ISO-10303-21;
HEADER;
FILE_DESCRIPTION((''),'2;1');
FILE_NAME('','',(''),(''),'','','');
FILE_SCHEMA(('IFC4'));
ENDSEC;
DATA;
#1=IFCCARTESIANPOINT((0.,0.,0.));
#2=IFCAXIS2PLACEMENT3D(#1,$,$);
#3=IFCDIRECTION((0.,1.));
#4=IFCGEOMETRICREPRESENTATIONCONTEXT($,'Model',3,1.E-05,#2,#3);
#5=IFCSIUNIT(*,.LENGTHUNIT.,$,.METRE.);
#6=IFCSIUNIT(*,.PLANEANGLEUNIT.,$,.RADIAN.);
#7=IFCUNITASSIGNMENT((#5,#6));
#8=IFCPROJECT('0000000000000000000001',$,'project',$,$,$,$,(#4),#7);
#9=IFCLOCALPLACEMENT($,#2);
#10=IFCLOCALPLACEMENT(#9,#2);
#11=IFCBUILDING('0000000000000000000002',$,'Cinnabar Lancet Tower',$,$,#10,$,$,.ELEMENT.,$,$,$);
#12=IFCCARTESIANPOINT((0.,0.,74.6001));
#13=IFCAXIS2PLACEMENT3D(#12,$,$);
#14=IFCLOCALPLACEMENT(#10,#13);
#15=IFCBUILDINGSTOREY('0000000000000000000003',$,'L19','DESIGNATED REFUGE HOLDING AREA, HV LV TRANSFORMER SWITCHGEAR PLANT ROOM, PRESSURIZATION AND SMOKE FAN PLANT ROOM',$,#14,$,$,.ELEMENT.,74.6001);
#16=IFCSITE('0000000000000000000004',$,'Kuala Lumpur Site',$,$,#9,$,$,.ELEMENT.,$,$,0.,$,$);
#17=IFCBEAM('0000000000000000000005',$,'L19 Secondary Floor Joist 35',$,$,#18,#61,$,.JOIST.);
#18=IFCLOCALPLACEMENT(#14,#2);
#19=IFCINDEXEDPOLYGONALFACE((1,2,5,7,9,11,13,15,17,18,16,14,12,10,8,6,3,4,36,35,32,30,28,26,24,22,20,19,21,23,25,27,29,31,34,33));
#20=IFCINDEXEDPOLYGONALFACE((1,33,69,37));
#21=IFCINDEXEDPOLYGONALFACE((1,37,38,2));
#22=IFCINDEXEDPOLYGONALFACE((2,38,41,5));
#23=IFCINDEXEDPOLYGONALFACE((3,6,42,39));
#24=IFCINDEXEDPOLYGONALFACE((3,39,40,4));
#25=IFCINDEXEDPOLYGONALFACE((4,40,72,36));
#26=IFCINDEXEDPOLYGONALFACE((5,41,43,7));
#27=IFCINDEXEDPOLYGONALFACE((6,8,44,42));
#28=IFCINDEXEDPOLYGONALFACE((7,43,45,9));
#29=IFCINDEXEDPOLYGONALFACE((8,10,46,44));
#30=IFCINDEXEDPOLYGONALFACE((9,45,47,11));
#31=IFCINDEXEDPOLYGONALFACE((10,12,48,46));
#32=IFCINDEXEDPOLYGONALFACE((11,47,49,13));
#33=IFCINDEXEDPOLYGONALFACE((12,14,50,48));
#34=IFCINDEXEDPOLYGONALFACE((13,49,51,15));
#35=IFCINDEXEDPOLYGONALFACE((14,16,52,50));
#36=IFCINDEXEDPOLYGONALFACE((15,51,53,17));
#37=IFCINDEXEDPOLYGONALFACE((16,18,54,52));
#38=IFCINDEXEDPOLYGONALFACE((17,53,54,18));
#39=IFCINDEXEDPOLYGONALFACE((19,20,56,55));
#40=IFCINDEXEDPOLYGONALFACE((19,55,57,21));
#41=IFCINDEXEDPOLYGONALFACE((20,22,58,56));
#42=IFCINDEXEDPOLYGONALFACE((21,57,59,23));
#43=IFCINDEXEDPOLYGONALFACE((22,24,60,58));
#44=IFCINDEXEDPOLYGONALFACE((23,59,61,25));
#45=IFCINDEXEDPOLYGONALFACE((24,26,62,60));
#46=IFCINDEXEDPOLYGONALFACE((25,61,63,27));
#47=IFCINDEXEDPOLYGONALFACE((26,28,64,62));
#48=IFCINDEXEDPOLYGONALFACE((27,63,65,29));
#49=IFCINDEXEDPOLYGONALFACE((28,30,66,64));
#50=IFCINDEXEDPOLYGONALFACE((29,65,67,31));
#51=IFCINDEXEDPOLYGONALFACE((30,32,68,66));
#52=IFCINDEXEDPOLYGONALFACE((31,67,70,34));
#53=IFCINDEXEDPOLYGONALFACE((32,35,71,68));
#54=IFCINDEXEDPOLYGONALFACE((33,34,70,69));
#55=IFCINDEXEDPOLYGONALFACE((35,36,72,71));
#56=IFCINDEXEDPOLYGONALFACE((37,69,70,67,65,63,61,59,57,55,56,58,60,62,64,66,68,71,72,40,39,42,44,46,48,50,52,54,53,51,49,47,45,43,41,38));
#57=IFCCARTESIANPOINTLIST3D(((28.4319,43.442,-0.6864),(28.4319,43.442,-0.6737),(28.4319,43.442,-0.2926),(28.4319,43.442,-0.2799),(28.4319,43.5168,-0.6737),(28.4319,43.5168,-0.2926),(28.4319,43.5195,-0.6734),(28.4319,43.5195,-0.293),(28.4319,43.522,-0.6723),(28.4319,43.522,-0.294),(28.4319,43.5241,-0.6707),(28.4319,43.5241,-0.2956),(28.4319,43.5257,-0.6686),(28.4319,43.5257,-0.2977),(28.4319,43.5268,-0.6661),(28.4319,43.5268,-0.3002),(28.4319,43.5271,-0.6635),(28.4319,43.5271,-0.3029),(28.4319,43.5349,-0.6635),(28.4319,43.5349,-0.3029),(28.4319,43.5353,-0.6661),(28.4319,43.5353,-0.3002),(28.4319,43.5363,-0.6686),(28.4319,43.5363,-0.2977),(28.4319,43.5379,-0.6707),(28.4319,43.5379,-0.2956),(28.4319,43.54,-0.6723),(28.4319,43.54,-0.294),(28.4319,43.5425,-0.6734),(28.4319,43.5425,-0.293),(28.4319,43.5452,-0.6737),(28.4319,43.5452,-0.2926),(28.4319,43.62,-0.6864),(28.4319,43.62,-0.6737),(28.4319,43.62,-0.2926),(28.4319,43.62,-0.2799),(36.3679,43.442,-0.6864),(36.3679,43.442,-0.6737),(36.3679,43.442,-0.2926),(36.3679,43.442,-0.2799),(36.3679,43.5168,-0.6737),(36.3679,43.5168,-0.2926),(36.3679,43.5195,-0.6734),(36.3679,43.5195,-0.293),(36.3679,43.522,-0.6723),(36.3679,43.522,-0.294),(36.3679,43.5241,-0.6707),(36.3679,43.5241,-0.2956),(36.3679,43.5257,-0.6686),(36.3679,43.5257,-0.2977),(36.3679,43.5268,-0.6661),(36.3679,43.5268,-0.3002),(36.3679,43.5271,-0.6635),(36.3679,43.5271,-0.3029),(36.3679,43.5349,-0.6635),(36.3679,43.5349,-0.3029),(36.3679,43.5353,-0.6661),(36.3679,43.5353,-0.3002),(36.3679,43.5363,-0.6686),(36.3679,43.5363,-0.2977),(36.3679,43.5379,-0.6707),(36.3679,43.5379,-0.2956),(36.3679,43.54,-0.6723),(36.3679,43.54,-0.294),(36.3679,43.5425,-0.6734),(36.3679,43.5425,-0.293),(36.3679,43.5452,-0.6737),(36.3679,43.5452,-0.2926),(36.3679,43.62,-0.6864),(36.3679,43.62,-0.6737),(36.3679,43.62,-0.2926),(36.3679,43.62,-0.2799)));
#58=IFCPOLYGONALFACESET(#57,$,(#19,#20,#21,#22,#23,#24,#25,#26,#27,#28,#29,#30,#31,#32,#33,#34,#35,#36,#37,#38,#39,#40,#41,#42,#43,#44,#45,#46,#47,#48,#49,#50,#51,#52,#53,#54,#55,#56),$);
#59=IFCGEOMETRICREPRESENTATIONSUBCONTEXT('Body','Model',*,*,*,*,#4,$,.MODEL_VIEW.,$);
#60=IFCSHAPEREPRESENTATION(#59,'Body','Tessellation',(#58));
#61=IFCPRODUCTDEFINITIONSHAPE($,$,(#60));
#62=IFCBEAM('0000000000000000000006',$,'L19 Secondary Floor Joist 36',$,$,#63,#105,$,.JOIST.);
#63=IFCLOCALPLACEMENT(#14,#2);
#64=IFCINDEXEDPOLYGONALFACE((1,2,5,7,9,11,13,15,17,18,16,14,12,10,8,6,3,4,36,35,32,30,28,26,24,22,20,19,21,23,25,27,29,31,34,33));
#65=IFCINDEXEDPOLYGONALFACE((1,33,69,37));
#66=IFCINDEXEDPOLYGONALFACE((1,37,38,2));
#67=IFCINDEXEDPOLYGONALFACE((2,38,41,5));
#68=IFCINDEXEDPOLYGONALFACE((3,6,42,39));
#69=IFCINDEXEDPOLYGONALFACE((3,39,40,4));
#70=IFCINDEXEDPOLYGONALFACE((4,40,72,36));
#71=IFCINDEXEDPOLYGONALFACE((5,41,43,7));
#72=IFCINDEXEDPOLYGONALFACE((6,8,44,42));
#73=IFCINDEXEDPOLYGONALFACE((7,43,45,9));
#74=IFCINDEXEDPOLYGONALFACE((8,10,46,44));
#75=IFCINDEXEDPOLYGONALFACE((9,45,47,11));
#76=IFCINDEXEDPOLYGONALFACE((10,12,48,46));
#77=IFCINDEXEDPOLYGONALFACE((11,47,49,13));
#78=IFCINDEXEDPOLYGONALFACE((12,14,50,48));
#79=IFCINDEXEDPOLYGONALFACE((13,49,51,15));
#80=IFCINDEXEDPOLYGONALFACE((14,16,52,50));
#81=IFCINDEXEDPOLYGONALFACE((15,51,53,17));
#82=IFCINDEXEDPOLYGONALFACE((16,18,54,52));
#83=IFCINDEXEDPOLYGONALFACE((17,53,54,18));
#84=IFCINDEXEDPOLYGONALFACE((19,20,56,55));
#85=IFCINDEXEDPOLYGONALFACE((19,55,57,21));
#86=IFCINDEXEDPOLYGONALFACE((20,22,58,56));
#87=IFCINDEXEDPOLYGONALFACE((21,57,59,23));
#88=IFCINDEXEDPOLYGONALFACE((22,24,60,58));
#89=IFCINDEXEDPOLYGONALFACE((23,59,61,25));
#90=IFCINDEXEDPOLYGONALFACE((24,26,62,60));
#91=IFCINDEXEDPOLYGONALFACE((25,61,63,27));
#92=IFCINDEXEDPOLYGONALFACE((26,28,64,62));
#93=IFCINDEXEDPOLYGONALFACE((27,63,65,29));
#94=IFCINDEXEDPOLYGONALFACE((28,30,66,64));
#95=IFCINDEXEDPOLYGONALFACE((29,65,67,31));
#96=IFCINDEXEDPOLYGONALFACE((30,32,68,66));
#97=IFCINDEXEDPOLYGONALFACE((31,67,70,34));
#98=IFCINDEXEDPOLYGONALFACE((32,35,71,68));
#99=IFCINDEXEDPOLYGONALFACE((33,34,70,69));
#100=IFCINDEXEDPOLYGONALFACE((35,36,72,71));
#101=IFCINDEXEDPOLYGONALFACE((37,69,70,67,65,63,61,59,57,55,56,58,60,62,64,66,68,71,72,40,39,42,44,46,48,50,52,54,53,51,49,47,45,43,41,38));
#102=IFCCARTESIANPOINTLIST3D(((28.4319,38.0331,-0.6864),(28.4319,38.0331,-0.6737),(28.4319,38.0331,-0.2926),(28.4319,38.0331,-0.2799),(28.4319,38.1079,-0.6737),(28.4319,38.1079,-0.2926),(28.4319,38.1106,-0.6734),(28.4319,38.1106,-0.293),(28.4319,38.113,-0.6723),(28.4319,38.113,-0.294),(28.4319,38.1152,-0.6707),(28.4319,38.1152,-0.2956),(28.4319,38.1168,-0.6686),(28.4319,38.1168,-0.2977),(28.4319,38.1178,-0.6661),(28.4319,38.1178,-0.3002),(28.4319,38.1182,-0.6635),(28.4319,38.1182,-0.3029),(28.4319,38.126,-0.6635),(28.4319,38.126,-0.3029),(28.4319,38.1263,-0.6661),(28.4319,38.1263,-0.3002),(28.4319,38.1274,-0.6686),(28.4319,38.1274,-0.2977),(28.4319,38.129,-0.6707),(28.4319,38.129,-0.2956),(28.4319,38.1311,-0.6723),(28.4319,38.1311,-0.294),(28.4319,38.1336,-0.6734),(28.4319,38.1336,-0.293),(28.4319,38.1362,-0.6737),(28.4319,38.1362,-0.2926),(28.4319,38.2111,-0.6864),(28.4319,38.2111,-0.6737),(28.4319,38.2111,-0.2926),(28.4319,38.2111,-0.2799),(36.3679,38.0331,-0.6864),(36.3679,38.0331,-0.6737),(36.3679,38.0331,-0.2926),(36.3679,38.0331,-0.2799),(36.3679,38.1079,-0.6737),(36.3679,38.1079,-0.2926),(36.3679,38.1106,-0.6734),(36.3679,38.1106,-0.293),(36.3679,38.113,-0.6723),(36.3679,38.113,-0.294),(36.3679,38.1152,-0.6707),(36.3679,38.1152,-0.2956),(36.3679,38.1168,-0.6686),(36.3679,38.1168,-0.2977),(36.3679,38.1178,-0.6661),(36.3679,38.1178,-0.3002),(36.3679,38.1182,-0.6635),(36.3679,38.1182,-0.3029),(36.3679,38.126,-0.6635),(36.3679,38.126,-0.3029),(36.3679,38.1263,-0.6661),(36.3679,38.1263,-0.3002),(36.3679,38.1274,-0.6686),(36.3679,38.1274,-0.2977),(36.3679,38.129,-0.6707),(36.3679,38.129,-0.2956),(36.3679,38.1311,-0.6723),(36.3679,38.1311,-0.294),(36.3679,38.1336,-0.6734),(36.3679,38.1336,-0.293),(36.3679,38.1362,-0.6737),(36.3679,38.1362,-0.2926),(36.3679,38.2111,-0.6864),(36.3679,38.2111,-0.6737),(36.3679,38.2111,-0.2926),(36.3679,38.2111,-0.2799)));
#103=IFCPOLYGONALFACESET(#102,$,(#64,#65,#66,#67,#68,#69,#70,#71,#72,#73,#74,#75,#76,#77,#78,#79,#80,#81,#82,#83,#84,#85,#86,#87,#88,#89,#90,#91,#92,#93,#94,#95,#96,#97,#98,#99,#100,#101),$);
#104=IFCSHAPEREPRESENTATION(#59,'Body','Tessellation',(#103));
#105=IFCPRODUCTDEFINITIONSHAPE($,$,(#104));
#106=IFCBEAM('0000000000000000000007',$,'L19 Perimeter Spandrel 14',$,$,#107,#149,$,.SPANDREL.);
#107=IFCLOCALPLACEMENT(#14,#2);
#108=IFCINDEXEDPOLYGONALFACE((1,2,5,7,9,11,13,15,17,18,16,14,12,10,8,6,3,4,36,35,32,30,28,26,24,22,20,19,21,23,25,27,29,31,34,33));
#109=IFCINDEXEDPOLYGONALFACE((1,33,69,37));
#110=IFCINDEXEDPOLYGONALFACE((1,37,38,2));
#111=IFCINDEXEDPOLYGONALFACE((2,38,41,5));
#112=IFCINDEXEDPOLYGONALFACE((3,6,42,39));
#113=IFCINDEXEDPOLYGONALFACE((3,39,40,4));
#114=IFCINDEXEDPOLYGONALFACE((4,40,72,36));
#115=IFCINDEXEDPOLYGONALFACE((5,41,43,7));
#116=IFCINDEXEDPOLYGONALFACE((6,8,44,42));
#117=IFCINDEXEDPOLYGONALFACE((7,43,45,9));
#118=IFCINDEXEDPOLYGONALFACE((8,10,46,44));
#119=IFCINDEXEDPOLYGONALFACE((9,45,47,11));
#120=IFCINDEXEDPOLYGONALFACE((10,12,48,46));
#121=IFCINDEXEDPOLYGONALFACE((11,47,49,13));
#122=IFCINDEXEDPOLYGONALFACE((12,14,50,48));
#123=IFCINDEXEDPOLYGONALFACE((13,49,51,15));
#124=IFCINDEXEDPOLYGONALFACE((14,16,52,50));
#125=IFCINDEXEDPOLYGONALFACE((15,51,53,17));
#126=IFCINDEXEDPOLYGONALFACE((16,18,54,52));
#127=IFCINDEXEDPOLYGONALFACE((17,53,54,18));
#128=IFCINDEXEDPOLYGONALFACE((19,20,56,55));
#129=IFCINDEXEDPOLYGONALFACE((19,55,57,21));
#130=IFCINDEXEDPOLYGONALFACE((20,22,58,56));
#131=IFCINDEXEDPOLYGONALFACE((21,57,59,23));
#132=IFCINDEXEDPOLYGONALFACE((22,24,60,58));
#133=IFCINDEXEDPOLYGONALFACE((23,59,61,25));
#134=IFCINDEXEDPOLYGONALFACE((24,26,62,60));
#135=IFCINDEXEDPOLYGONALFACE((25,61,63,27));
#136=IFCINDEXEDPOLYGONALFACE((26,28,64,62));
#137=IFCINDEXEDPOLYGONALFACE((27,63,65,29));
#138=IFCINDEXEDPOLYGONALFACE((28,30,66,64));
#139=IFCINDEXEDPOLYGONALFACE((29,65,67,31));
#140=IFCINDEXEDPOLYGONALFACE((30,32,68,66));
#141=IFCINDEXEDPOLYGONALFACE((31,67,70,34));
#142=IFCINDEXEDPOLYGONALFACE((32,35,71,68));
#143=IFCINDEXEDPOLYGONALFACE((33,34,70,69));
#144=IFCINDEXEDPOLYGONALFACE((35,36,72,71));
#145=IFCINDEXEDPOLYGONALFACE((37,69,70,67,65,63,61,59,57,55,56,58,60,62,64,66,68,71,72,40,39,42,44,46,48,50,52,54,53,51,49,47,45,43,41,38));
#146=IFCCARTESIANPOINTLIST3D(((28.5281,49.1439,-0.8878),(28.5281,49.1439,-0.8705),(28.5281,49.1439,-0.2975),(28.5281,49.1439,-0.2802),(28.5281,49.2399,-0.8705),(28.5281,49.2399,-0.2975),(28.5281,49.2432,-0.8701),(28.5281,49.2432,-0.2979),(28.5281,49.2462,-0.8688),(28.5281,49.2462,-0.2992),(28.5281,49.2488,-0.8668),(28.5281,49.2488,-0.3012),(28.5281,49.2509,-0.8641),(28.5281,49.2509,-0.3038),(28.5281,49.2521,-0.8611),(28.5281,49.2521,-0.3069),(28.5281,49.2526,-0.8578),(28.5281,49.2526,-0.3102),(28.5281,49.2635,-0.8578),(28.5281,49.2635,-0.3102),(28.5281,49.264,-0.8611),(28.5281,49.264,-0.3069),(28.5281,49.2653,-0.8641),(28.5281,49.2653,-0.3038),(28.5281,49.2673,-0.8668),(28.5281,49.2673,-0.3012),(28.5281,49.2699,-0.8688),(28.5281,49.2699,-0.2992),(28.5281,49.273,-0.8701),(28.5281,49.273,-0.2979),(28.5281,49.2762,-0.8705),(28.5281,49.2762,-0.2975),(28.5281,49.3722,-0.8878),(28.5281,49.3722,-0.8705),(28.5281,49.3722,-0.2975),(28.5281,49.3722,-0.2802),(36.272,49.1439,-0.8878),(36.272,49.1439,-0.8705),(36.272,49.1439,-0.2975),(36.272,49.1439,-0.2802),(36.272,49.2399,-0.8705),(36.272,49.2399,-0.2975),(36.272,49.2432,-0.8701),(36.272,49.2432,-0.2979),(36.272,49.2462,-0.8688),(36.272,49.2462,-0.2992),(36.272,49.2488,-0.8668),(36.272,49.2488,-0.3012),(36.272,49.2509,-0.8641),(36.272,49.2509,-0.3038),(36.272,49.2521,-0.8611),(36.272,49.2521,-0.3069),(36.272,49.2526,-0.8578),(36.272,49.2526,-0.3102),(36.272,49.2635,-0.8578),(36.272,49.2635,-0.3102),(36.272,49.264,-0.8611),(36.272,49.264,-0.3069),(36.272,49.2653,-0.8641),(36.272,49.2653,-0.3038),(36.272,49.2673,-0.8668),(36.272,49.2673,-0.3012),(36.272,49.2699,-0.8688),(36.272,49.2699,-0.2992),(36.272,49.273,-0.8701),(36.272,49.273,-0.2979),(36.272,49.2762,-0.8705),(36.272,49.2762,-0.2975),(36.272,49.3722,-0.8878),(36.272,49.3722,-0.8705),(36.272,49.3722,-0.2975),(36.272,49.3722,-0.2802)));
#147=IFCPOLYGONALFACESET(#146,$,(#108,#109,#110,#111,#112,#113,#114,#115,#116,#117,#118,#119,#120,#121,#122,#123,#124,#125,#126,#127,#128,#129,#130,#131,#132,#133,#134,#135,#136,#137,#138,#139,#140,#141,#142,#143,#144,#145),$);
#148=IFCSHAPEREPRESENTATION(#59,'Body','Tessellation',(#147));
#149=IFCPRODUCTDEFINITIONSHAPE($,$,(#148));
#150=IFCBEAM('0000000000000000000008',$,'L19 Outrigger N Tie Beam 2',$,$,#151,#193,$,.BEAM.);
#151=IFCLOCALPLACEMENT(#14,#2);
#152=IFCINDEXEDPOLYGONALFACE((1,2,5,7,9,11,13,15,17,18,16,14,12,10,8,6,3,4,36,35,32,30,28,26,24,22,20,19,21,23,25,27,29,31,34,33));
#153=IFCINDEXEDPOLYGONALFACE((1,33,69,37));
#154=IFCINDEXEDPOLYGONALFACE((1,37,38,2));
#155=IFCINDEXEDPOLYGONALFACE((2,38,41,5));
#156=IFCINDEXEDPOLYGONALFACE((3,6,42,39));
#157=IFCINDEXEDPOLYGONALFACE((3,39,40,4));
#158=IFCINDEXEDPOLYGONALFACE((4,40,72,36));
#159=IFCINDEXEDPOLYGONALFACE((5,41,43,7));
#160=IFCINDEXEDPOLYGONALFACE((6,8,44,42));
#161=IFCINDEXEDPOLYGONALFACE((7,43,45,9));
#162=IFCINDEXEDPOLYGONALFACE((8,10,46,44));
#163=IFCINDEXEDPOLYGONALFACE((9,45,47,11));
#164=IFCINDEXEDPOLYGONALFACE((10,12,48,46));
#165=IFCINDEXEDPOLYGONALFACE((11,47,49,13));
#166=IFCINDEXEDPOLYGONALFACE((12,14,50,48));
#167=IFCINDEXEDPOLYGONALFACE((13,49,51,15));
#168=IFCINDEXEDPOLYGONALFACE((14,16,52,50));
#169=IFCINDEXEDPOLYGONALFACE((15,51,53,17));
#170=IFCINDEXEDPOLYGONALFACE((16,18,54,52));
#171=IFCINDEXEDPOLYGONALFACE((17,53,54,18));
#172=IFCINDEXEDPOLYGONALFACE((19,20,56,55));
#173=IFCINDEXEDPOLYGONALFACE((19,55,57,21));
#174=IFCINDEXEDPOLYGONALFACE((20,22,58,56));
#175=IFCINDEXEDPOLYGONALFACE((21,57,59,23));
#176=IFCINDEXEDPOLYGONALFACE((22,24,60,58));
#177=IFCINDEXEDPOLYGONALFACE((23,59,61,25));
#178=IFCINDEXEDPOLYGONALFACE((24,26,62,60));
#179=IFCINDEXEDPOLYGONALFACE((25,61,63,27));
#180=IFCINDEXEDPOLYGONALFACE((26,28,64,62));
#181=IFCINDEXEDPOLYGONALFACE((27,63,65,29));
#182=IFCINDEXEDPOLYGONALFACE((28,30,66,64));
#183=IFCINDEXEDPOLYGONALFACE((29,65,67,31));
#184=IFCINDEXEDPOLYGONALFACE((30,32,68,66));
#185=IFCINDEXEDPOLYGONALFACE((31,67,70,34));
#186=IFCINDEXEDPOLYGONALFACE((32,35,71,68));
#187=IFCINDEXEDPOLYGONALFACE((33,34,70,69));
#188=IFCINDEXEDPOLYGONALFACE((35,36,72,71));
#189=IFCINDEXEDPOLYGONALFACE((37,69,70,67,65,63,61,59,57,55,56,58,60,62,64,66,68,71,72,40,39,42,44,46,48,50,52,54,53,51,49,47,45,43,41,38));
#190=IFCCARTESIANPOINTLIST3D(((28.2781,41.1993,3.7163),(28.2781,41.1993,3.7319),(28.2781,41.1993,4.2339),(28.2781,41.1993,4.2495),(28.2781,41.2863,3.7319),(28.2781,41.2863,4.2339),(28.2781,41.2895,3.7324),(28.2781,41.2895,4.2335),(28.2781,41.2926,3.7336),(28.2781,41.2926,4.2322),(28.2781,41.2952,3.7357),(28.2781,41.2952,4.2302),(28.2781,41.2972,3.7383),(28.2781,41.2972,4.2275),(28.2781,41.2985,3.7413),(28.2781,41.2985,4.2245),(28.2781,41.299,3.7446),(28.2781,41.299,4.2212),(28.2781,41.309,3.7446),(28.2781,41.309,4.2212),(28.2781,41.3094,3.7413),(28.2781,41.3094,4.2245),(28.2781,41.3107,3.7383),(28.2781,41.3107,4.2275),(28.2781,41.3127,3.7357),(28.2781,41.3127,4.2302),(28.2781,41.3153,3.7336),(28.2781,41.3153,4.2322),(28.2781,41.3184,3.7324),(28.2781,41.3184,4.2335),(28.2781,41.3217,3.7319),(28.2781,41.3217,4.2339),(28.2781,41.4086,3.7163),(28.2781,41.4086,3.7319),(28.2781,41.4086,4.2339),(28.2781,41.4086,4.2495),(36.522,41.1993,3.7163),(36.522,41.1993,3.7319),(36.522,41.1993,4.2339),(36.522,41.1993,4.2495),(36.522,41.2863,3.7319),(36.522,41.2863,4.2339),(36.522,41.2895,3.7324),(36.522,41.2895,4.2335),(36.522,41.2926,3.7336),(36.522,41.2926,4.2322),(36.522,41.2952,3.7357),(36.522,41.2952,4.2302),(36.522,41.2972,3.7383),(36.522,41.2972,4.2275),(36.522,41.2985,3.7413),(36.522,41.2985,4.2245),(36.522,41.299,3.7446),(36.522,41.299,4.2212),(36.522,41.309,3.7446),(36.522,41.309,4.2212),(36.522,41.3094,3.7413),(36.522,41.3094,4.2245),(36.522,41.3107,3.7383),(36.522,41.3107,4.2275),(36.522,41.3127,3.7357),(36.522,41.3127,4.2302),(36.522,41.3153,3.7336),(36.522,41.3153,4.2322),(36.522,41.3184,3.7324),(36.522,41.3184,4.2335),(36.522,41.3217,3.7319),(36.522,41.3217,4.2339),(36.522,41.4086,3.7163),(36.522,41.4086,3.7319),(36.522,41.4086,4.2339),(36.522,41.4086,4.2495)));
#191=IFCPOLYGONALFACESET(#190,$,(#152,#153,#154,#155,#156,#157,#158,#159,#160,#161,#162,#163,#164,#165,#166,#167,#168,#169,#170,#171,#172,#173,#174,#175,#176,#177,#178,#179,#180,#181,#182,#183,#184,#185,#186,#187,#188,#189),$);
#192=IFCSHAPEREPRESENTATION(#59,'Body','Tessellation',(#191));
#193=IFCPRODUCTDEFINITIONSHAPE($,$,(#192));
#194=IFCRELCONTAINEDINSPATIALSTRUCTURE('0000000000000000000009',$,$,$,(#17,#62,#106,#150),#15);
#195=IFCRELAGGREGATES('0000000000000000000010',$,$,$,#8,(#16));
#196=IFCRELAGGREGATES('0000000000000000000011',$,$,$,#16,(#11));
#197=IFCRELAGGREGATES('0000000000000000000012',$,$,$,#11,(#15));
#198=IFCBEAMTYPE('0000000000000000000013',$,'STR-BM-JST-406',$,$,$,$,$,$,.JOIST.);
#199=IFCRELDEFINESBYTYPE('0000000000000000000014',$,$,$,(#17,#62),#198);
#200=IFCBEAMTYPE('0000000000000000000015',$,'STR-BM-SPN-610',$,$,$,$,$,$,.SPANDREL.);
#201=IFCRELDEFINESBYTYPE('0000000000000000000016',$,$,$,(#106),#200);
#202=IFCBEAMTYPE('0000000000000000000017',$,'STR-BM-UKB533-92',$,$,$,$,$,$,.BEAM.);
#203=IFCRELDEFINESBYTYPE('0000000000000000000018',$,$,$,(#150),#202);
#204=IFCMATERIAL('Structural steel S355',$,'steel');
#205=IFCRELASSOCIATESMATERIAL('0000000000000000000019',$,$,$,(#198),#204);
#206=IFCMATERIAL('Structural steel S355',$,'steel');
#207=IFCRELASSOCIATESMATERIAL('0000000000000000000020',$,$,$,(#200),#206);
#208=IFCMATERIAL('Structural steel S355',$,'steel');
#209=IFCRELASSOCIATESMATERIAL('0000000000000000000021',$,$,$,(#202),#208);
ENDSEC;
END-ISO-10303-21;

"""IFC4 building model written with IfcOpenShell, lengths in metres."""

from ifc_helpers import new_model, si_unit, direction, frame, origin, origin_2d, place, context, subcontext, project, spatial, i_section, extrude, material, material_profile, profile_set, type_object, element, save


model = new_model("IFC4")

# Units and contexts
model_context = context("Model", 3, precision=1e-05, world=origin(), true_north=direction((0.0, 1.0)))
body_context = subcontext(model_context, "Body", "Model", "MODEL_VIEW")
ifc_project = project(units=[si_unit("LENGTHUNIT", "METRE"), si_unit("PLANEANGLEUNIT", "RADIAN")], contexts=[model_context])

# Site, building, storey
site_placement = place(None, origin())
site = spatial("IfcSite", under=ifc_project, at=site_placement, Name="Kuala Lumpur Site", CompositionType="ELEMENT", RefElevation=0.0)
building_placement = place(site_placement, origin())
building = spatial("IfcBuilding", under=site, at=building_placement, Name="Cinnabar Lancet Tower", CompositionType="ELEMENT")
storey_placement = place(building_placement, frame((0.0, 0.0, 74.6001)))
storey = spatial("IfcBuildingStorey", under=building, at=storey_placement, Name="L19", Description="DESIGNATED REFUGE HOLDING AREA, HV LV TRANSFORMER SWITCHGEAR PLANT ROOM, PRESSURIZATION AND SMOKE FAN PLANT ROOM", CompositionType="ELEMENT", Elevation=74.6001)

# Beams
ifc_material_1 = material(Name="Structural steel S355", Category="steel")
ifc_material_profile_1 = material_profile(ifc_material_1, i_section(OverallWidth=0.178, OverallDepth=0.4065, WebThickness=0.0078, FlangeThickness=0.0127, FilletRadius=0.0103, at=origin_2d()), Name="UKB 406x178x60")
ifc_profile_set_1 = profile_set([ifc_material_profile_1], Name="Structural steel S355")
beam_type_1 = type_object("IfcBeamType", Name="STR-BM-JST-406", PredefinedType="JOIST", material=ifc_profile_set_1)
for number, where, z_axis, x_axis, name in (
    (1, (36.3679, 43.531, -0.4832), (-1.0, 0.0, 0.0), (0.0, -1.0, 0.0), "L19 Secondary Floor Joist 35"),
    (2, (36.3679, 38.1221, -0.4832), (-1.0, 0.0, 0.0), (0.0, -1.0, 0.0), "L19 Secondary Floor Joist 36"),
):
    element("IfcBeam", number, at=place(storey_placement, frame(where, z_axis=z_axis, x_axis=x_axis)), inside=storey, type_object=beam_type_1, Name=name, PredefinedType="JOIST", context=body_context, shape_type="SweptSolid", body=[
        extrude(i_section(OverallWidth=0.178, OverallDepth=0.4065, WebThickness=0.0078, FlangeThickness=0.0127, FilletRadius=0.0103, at=origin_2d()), origin(), (0.0, 0.0, 1.0), 7.936),
    ])
ifc_material_2 = material(Name="Structural steel S355", Category="steel")
ifc_material_profile_2 = material_profile(ifc_material_2, i_section(OverallWidth=0.2283, OverallDepth=0.6077, WebThickness=0.011, FlangeThickness=0.0173, FilletRadius=0.0127, at=origin_2d()), Name="UKB 610x229x113")
ifc_profile_set_2 = profile_set([ifc_material_profile_2], Name="Structural steel S355")
beam_type_2 = type_object("IfcBeamType", Name="STR-BM-SPN-610", PredefinedType="SPANDREL", material=ifc_profile_set_2)
beam_1_placement = place(storey_placement, frame((36.272, 49.2581, -0.584), z_axis=(-1.0, 0.0, 0.0), x_axis=(0.0, -1.0, 0.0)))
element("IfcBeam", 3, at=beam_1_placement, inside=storey, type_object=beam_type_2, Name="L19 Perimeter Spandrel 14", PredefinedType="SPANDREL", context=body_context, shape_type="SweptSolid", body=[
    extrude(i_section(OverallWidth=0.2283, OverallDepth=0.6077, WebThickness=0.011, FlangeThickness=0.0173, FilletRadius=0.0127, at=origin_2d()), origin(), (0.0, 0.0, 1.0), 7.7439),
])
ifc_material_3 = material(Name="Structural steel S355", Category="steel")
ifc_material_profile_3 = material_profile(ifc_material_3, i_section(OverallWidth=0.2092, OverallDepth=0.5332, WebThickness=0.01, FlangeThickness=0.0156, FilletRadius=0.0127, at=origin_2d()), Name="UKB 533x210x92")
ifc_profile_set_3 = profile_set([ifc_material_profile_3], Name="Structural steel S355")
beam_type_3 = type_object("IfcBeamType", Name="STR-BM-UKB533-92", PredefinedType="BEAM", material=ifc_profile_set_3)
beam_2_placement = place(storey_placement, frame((36.522, 41.304, 3.9829), z_axis=(-1.0, 0.0, 0.0), x_axis=(0.0, -1.0, 0.0)))
element("IfcBeam", 4, at=beam_2_placement, inside=storey, type_object=beam_type_3, Name="L19 Outrigger N Tie Beam 2", PredefinedType="BEAM", context=body_context, shape_type="SweptSolid", body=[
    extrude(i_section(OverallWidth=0.2092, OverallDepth=0.5332, WebThickness=0.01, FlangeThickness=0.0156, FilletRadius=0.0127, at=origin_2d()), origin(), (0.0, 0.0, 1.0), 8.2439),
])

save(model, "model.ifc")
